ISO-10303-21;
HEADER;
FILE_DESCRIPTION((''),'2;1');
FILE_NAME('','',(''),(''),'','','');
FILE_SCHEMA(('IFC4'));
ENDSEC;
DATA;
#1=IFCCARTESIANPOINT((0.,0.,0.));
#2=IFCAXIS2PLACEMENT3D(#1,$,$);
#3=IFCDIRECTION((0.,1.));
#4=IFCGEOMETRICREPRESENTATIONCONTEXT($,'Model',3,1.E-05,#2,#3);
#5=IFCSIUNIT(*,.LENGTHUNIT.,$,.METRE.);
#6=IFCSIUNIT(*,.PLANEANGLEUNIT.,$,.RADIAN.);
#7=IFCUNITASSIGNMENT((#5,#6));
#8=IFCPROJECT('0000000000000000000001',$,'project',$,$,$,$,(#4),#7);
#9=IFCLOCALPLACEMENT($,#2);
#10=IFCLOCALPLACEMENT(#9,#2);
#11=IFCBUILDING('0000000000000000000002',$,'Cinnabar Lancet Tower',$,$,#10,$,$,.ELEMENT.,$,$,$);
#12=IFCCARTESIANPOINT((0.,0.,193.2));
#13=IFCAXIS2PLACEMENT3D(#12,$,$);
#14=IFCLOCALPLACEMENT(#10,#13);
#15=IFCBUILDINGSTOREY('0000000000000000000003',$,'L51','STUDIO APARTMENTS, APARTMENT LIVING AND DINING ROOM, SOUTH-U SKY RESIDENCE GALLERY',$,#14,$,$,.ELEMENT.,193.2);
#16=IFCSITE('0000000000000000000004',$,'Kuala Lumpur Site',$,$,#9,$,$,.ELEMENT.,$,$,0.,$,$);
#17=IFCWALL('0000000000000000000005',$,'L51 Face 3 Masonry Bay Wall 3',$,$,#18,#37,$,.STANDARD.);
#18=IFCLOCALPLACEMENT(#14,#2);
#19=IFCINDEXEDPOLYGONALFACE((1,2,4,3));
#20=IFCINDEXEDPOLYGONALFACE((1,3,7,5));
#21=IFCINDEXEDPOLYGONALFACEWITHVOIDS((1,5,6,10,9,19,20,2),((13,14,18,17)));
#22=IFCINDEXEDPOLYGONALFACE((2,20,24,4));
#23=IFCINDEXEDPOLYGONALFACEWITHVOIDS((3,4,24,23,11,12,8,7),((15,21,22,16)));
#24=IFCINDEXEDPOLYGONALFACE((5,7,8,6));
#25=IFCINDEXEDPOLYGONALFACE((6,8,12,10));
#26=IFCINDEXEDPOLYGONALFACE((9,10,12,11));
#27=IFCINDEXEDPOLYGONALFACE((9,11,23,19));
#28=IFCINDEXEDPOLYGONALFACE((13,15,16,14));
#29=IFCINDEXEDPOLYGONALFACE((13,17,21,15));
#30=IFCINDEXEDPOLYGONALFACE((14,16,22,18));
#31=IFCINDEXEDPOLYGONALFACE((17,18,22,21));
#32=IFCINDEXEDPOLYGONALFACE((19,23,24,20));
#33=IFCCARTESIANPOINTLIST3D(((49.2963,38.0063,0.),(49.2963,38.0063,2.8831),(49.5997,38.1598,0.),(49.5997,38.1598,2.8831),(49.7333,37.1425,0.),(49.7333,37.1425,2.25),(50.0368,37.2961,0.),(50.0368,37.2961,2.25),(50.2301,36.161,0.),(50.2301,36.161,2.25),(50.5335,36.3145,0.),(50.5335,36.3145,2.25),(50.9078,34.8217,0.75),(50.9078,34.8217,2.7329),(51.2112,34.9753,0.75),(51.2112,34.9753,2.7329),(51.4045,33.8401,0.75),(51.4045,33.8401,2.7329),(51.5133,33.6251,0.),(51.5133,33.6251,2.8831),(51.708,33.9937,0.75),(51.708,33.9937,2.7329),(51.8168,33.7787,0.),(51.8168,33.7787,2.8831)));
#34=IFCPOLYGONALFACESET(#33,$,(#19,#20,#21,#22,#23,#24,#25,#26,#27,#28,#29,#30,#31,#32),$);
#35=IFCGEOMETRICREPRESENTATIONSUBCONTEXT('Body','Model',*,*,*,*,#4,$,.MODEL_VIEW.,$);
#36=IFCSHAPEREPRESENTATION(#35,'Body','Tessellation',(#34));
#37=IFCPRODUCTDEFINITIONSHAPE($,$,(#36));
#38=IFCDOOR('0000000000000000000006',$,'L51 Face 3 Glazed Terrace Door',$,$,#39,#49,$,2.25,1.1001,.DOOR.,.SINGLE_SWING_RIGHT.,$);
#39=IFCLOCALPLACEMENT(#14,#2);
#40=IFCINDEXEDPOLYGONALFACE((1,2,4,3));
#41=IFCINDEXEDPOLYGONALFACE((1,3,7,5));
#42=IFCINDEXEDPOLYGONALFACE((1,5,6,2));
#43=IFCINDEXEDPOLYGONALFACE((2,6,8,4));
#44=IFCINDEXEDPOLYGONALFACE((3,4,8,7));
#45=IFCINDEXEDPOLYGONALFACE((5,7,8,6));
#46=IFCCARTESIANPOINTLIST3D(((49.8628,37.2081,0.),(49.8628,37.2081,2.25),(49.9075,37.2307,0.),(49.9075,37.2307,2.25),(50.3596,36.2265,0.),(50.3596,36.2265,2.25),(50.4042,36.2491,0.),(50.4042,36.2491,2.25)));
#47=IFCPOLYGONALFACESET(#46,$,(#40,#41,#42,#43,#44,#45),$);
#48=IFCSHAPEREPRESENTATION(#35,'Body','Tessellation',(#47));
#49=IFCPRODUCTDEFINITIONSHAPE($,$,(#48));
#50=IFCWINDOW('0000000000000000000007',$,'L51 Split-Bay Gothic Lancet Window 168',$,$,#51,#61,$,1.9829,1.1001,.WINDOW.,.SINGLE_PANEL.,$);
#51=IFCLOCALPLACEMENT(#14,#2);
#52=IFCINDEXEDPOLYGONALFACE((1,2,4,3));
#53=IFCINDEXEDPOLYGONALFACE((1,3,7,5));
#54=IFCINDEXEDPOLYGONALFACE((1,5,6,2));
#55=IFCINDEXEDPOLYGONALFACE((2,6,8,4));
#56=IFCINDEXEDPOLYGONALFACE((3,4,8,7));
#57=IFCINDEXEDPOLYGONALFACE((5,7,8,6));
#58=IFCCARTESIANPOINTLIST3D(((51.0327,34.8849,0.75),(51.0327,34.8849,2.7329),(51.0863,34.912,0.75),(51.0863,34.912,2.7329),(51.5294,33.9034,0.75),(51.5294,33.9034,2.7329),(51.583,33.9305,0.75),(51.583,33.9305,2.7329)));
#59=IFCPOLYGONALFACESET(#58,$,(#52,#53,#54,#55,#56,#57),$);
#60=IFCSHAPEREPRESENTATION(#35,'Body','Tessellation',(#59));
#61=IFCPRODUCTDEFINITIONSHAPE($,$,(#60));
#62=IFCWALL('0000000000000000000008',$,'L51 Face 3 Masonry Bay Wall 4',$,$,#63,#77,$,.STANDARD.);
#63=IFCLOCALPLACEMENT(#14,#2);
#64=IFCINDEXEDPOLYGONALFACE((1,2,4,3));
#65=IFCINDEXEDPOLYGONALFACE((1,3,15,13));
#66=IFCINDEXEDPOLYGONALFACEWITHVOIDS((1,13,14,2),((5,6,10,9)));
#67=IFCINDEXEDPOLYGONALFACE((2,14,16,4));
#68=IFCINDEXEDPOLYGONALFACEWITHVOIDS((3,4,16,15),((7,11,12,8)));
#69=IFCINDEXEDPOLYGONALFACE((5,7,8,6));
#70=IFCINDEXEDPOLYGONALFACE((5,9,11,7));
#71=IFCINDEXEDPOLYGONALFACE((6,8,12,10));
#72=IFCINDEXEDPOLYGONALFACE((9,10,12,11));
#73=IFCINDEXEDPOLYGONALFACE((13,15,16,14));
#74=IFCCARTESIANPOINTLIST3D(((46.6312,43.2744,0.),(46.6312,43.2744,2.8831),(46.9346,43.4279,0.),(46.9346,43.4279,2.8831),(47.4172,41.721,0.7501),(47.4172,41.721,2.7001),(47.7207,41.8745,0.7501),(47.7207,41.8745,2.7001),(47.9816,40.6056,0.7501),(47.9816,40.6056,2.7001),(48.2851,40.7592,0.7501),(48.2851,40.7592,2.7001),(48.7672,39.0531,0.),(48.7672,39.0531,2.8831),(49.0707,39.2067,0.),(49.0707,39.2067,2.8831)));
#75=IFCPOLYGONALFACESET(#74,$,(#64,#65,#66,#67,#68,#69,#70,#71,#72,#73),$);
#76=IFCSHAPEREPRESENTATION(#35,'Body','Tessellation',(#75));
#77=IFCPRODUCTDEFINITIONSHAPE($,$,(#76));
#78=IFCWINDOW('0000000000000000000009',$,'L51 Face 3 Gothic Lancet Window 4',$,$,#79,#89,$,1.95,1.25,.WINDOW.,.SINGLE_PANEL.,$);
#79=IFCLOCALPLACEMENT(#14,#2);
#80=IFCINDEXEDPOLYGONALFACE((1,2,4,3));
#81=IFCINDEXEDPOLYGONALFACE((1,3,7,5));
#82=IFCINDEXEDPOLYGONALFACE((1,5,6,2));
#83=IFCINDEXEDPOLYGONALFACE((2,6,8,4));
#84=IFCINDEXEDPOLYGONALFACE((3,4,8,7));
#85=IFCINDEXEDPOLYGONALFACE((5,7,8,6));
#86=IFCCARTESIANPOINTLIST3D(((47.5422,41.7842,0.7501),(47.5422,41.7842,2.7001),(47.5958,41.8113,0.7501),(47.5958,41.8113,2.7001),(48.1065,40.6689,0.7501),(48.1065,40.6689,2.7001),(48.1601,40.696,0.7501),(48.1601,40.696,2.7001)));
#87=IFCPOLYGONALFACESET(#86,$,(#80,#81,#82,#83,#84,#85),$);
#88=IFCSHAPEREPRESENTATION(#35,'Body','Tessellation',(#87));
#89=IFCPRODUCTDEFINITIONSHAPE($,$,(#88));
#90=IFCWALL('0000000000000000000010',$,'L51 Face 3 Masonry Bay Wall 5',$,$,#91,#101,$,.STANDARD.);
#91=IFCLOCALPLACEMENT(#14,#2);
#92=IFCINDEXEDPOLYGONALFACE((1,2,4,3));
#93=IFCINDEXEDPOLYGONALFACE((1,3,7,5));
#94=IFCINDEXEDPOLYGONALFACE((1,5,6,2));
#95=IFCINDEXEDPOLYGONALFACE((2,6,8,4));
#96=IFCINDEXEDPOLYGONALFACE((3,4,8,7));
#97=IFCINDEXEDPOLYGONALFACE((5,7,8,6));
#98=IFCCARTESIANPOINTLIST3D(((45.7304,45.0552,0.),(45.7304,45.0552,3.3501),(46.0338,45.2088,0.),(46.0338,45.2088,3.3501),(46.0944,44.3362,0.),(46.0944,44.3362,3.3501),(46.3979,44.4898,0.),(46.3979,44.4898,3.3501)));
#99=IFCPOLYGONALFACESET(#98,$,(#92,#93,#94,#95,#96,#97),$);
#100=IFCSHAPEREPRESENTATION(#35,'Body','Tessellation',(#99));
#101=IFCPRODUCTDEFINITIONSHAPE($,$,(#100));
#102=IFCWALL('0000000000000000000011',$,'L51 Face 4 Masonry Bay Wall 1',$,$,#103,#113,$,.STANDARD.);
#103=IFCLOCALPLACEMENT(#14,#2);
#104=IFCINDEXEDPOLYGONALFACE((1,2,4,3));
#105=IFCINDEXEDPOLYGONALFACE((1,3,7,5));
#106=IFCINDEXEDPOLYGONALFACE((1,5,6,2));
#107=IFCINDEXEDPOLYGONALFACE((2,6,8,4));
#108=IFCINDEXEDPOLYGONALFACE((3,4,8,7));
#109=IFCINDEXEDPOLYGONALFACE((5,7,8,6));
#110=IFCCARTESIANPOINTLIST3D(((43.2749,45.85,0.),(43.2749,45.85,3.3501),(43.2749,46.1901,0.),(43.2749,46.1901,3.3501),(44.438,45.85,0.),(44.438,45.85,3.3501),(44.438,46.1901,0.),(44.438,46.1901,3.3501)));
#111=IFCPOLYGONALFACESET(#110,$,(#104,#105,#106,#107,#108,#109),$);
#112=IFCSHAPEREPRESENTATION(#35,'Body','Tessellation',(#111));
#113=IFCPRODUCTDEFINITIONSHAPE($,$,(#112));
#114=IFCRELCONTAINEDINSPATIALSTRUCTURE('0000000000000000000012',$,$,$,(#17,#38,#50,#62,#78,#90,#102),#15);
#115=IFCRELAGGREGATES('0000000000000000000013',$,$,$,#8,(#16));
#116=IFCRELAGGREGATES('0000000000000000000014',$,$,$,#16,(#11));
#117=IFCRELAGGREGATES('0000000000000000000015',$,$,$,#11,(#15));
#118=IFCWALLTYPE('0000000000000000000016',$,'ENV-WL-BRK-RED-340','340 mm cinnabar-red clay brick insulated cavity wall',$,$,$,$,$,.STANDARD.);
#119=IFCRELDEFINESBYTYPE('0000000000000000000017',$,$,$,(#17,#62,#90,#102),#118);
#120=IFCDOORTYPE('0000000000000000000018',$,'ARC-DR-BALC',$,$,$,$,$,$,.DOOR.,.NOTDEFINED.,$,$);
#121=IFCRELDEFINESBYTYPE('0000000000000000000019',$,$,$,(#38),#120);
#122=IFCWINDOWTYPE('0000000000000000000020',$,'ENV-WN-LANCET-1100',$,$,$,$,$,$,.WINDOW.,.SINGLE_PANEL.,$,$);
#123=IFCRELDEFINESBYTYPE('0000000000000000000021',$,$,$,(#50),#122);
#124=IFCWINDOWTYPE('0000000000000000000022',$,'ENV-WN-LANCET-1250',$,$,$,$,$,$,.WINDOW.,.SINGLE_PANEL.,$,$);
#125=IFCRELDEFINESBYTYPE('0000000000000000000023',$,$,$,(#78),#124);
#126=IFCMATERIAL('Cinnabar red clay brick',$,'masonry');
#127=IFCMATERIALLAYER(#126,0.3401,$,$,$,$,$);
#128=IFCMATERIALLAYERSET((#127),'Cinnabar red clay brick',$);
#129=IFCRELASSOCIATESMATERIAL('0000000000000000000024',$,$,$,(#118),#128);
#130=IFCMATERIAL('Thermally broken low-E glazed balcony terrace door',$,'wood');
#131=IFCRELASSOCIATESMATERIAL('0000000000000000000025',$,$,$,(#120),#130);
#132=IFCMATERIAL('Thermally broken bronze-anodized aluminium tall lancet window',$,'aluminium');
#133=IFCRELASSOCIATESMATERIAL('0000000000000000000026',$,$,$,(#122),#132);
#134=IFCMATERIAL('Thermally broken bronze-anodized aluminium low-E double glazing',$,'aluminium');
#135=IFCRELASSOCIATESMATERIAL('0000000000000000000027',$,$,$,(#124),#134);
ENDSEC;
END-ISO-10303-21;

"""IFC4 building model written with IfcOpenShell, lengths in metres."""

from ifc_helpers import new_model, si_unit, direction, frame, frame_2d, origin, place, context, subcontext, project, spatial, rectangle, extrude, material, layer, layer_set, type_object, element, fill, save


model = new_model("IFC4")

# Units and contexts
model_context = context("Model", 3, precision=1e-05, world=origin(), true_north=direction((0.0, 1.0)))
body_context = subcontext(model_context, "Body", "Model", "MODEL_VIEW")
ifc_project = project(units=[si_unit("LENGTHUNIT", "METRE"), si_unit("PLANEANGLEUNIT", "RADIAN")], contexts=[model_context])

# Site, building, storey
site_placement = place(None, origin())
site = spatial("IfcSite", under=ifc_project, at=site_placement, Name="Kuala Lumpur Site", CompositionType="ELEMENT", RefElevation=0.0)
building_placement = place(site_placement, origin())
building = spatial("IfcBuilding", under=site, at=building_placement, Name="Cinnabar Lancet Tower", CompositionType="ELEMENT")
storey_placement = place(building_placement, frame((0.0, 0.0, 193.2)))
storey = spatial("IfcBuildingStorey", under=building, at=storey_placement, Name="L51", Description="STUDIO APARTMENTS, APARTMENT LIVING AND DINING ROOM, SOUTH-U SKY RESIDENCE GALLERY", CompositionType="ELEMENT", Elevation=193.2)

# Shared definitions
ifc_material_1 = material(Name="Cinnabar red clay brick", Category="masonry")
ifc_layer_1 = layer(ifc_material_1, 0.3401)
ifc_layer_set_1 = layer_set([ifc_layer_1], Name="Cinnabar red clay brick")
wall_type_1 = type_object("IfcWallType", Name="ENV-WL-BRK-RED-340", Description="340 mm cinnabar-red clay brick insulated cavity wall", PredefinedType="STANDARD", material=ifc_layer_set_1)

# Wall, openings, door, window
wall_1_placement = place(storey_placement, frame((51.665, 33.7019, 0.0), z_axis=(0.0, 0.0, 1.0), x_axis=(-0.451524, 0.892259, 0.0)))
wall_1 = element("IfcWall", 1, at=wall_1_placement, inside=storey, type_object=wall_type_1, Name="L51 Face 3 Masonry Bay Wall 3", PredefinedType="STANDARD", context=body_context, shape_type="SweptSolid", body=[
    extrude(rectangle(XDim=4.9102, YDim=0.3401, at=frame_2d((2.4551, 0.0))), origin(), (0.0, 0.0, 1.0), 2.8831),
])
opening_1_placement = place(wall_1_placement, frame((2.842, 0.0, 0.0)))
opening_1 = element("IfcOpeningElement", 2, at=opening_1_placement, cuts=wall_1, PredefinedType="OPENING", context=body_context, shape_type="SweptSolid", body=[
    extrude(rectangle(XDim=1.1001, YDim=2.25, at=frame_2d((0.55, 1.125))), frame((0.0, 0.1799, 0.0), z_axis=(0.0, -1.0, 0.0), x_axis=(1.0, 0.0, 0.0)), (0.0, 0.0, 1.0), 0.3601),
])
opening_2_placement = place(wall_1_placement, frame((0.241, 0.0, 0.75)))
opening_2 = element("IfcOpeningElement", 3, at=opening_2_placement, cuts=wall_1, PredefinedType="OPENING", context=body_context, shape_type="SweptSolid", body=[
    extrude(rectangle(XDim=1.1001, YDim=1.9829, at=frame_2d((0.55, 0.9915))), frame((0.0, 0.1799, 0.0), z_axis=(0.0, -1.0, 0.0), x_axis=(1.0, 0.0, 0.0)), (0.0, 0.0, 1.0), 0.3601),
])
ifc_material_2 = material(Name="Thermally broken low-E glazed balcony terrace door", Category="wood")
door_type = type_object("IfcDoorType", Name="ARC-DR-BALC", OperationType="NOTDEFINED", PredefinedType="DOOR", material=ifc_material_2)
door_placement = place(opening_1_placement, origin())
door = element("IfcDoor", 4, at=door_placement, inside=storey, type_object=door_type, Name="L51 Face 3 Glazed Terrace Door", OperationType="SINGLE_SWING_RIGHT", OverallHeight=2.25, OverallWidth=1.1001, PredefinedType="DOOR", context=body_context, shape_type="SweptSolid", body=[
    extrude(rectangle(XDim=1.1001, YDim=2.25, at=frame_2d((0.55, 1.125))), frame((0.0, 0.0249, 0.0), z_axis=(0.0, -1.0, 0.0), x_axis=(1.0, 0.0, 0.0)), (0.0, 0.0, 1.0), 0.05),
])
fill(opening_1, door)
ifc_material_3 = material(Name="Thermally broken bronze-anodized aluminium tall lancet window", Category="aluminium")
window_type_1 = type_object("IfcWindowType", Name="ENV-WN-LANCET-1100", PartitioningType="SINGLE_PANEL", PredefinedType="WINDOW", material=ifc_material_3)
window_1_placement = place(opening_2_placement, origin())
window_1 = element("IfcWindow", 5, at=window_1_placement, inside=storey, type_object=window_type_1, Name="L51 Split-Bay Gothic Lancet Window 168", OverallHeight=1.9829, OverallWidth=1.1001, PartitioningType="SINGLE_PANEL", PredefinedType="WINDOW", context=body_context, shape_type="SweptSolid", body=[
    extrude(rectangle(XDim=1.1001, YDim=1.9829, at=frame_2d((0.55, 0.9915))), frame((0.0, 0.03, 0.0), z_axis=(0.0, -1.0, 0.0), x_axis=(1.0, 0.0, 0.0)), (0.0, 0.0, 1.0), 0.0601),
])
fill(opening_2, window_1)

# Wall, opening, window
wall_2_placement = place(storey_placement, frame((48.9189, 39.1299, 0.0), z_axis=(0.0, 0.0, 1.0), x_axis=(-0.451502, 0.89227, 0.0)))
wall_2 = element("IfcWall", 6, at=wall_2_placement, inside=storey, type_object=wall_type_1, Name="L51 Face 3 Masonry Bay Wall 4", PredefinedType="STANDARD", context=body_context, shape_type="SweptSolid", body=[
    extrude(rectangle(XDim=4.731, YDim=0.3401, at=frame_2d((2.3655, 0.0))), origin(), (0.0, 0.0, 1.0), 2.8831),
])
opening_3_placement = place(wall_2_placement, frame((1.74, 0.0, 0.75)))
opening_3 = element("IfcOpeningElement", 7, at=opening_3_placement, cuts=wall_2, PredefinedType="OPENING", context=body_context, shape_type="SweptSolid", body=[
    extrude(rectangle(XDim=1.25, YDim=1.95, at=frame_2d((0.625, 0.9751))), frame((0.0, 0.1799, 0.0), z_axis=(0.0, -1.0, 0.0), x_axis=(1.0, 0.0, 0.0)), (0.0, 0.0, 1.0), 0.3601),
])
ifc_material_4 = material(Name="Thermally broken bronze-anodized aluminium low-E double glazing", Category="aluminium")
window_type_2 = type_object("IfcWindowType", Name="ENV-WN-LANCET-1250", PartitioningType="SINGLE_PANEL", PredefinedType="WINDOW", material=ifc_material_4)
window_2_placement = place(opening_3_placement, origin())
window_2 = element("IfcWindow", 8, at=window_2_placement, inside=storey, type_object=window_type_2, Name="L51 Face 3 Gothic Lancet Window 4", OverallHeight=1.95, OverallWidth=1.25, PartitioningType="SINGLE_PANEL", PredefinedType="WINDOW", context=body_context, shape_type="SweptSolid", body=[
    extrude(rectangle(XDim=1.25, YDim=1.95, at=frame_2d((0.625, 0.9751))), frame((0.0, 0.03, 0.0), z_axis=(0.0, -1.0, 0.0), x_axis=(1.0, 0.0, 0.0)), (0.0, 0.0, 1.0), 0.0601),
])
fill(opening_3, window_2)

# Walls
wall_3_placement = place(storey_placement, frame((46.2461, 44.4131, 0.0), z_axis=(0.0, 0.0, 1.0), x_axis=(-0.451692, 0.892174, 0.0)))
element("IfcWall", 9, at=wall_3_placement, inside=storey, type_object=wall_type_1, Name="L51 Face 3 Masonry Bay Wall 5", PredefinedType="STANDARD", context=body_context, shape_type="SweptSolid", body=[
    extrude(rectangle(XDim=0.8059, YDim=0.3401, at=frame_2d((0.4028, 0.0))), origin(), (0.0, 0.0, 1.0), 3.3501),
])
wall_4_placement = place(storey_placement, frame((44.438, 46.02, 0.0), z_axis=(0.0, 0.0, 1.0), x_axis=(-1.0, 0.0, 0.0)))
element("IfcWall", 10, at=wall_4_placement, inside=storey, type_object=wall_type_1, Name="L51 Face 4 Masonry Bay Wall 1", PredefinedType="STANDARD", context=body_context, shape_type="SweptSolid", body=[
    extrude(rectangle(XDim=1.1631, YDim=0.3401, at=frame_2d((0.5815, 0.0))), origin(), (0.0, 0.0, 1.0), 3.3501),
])

save(model, "model.ifc")
